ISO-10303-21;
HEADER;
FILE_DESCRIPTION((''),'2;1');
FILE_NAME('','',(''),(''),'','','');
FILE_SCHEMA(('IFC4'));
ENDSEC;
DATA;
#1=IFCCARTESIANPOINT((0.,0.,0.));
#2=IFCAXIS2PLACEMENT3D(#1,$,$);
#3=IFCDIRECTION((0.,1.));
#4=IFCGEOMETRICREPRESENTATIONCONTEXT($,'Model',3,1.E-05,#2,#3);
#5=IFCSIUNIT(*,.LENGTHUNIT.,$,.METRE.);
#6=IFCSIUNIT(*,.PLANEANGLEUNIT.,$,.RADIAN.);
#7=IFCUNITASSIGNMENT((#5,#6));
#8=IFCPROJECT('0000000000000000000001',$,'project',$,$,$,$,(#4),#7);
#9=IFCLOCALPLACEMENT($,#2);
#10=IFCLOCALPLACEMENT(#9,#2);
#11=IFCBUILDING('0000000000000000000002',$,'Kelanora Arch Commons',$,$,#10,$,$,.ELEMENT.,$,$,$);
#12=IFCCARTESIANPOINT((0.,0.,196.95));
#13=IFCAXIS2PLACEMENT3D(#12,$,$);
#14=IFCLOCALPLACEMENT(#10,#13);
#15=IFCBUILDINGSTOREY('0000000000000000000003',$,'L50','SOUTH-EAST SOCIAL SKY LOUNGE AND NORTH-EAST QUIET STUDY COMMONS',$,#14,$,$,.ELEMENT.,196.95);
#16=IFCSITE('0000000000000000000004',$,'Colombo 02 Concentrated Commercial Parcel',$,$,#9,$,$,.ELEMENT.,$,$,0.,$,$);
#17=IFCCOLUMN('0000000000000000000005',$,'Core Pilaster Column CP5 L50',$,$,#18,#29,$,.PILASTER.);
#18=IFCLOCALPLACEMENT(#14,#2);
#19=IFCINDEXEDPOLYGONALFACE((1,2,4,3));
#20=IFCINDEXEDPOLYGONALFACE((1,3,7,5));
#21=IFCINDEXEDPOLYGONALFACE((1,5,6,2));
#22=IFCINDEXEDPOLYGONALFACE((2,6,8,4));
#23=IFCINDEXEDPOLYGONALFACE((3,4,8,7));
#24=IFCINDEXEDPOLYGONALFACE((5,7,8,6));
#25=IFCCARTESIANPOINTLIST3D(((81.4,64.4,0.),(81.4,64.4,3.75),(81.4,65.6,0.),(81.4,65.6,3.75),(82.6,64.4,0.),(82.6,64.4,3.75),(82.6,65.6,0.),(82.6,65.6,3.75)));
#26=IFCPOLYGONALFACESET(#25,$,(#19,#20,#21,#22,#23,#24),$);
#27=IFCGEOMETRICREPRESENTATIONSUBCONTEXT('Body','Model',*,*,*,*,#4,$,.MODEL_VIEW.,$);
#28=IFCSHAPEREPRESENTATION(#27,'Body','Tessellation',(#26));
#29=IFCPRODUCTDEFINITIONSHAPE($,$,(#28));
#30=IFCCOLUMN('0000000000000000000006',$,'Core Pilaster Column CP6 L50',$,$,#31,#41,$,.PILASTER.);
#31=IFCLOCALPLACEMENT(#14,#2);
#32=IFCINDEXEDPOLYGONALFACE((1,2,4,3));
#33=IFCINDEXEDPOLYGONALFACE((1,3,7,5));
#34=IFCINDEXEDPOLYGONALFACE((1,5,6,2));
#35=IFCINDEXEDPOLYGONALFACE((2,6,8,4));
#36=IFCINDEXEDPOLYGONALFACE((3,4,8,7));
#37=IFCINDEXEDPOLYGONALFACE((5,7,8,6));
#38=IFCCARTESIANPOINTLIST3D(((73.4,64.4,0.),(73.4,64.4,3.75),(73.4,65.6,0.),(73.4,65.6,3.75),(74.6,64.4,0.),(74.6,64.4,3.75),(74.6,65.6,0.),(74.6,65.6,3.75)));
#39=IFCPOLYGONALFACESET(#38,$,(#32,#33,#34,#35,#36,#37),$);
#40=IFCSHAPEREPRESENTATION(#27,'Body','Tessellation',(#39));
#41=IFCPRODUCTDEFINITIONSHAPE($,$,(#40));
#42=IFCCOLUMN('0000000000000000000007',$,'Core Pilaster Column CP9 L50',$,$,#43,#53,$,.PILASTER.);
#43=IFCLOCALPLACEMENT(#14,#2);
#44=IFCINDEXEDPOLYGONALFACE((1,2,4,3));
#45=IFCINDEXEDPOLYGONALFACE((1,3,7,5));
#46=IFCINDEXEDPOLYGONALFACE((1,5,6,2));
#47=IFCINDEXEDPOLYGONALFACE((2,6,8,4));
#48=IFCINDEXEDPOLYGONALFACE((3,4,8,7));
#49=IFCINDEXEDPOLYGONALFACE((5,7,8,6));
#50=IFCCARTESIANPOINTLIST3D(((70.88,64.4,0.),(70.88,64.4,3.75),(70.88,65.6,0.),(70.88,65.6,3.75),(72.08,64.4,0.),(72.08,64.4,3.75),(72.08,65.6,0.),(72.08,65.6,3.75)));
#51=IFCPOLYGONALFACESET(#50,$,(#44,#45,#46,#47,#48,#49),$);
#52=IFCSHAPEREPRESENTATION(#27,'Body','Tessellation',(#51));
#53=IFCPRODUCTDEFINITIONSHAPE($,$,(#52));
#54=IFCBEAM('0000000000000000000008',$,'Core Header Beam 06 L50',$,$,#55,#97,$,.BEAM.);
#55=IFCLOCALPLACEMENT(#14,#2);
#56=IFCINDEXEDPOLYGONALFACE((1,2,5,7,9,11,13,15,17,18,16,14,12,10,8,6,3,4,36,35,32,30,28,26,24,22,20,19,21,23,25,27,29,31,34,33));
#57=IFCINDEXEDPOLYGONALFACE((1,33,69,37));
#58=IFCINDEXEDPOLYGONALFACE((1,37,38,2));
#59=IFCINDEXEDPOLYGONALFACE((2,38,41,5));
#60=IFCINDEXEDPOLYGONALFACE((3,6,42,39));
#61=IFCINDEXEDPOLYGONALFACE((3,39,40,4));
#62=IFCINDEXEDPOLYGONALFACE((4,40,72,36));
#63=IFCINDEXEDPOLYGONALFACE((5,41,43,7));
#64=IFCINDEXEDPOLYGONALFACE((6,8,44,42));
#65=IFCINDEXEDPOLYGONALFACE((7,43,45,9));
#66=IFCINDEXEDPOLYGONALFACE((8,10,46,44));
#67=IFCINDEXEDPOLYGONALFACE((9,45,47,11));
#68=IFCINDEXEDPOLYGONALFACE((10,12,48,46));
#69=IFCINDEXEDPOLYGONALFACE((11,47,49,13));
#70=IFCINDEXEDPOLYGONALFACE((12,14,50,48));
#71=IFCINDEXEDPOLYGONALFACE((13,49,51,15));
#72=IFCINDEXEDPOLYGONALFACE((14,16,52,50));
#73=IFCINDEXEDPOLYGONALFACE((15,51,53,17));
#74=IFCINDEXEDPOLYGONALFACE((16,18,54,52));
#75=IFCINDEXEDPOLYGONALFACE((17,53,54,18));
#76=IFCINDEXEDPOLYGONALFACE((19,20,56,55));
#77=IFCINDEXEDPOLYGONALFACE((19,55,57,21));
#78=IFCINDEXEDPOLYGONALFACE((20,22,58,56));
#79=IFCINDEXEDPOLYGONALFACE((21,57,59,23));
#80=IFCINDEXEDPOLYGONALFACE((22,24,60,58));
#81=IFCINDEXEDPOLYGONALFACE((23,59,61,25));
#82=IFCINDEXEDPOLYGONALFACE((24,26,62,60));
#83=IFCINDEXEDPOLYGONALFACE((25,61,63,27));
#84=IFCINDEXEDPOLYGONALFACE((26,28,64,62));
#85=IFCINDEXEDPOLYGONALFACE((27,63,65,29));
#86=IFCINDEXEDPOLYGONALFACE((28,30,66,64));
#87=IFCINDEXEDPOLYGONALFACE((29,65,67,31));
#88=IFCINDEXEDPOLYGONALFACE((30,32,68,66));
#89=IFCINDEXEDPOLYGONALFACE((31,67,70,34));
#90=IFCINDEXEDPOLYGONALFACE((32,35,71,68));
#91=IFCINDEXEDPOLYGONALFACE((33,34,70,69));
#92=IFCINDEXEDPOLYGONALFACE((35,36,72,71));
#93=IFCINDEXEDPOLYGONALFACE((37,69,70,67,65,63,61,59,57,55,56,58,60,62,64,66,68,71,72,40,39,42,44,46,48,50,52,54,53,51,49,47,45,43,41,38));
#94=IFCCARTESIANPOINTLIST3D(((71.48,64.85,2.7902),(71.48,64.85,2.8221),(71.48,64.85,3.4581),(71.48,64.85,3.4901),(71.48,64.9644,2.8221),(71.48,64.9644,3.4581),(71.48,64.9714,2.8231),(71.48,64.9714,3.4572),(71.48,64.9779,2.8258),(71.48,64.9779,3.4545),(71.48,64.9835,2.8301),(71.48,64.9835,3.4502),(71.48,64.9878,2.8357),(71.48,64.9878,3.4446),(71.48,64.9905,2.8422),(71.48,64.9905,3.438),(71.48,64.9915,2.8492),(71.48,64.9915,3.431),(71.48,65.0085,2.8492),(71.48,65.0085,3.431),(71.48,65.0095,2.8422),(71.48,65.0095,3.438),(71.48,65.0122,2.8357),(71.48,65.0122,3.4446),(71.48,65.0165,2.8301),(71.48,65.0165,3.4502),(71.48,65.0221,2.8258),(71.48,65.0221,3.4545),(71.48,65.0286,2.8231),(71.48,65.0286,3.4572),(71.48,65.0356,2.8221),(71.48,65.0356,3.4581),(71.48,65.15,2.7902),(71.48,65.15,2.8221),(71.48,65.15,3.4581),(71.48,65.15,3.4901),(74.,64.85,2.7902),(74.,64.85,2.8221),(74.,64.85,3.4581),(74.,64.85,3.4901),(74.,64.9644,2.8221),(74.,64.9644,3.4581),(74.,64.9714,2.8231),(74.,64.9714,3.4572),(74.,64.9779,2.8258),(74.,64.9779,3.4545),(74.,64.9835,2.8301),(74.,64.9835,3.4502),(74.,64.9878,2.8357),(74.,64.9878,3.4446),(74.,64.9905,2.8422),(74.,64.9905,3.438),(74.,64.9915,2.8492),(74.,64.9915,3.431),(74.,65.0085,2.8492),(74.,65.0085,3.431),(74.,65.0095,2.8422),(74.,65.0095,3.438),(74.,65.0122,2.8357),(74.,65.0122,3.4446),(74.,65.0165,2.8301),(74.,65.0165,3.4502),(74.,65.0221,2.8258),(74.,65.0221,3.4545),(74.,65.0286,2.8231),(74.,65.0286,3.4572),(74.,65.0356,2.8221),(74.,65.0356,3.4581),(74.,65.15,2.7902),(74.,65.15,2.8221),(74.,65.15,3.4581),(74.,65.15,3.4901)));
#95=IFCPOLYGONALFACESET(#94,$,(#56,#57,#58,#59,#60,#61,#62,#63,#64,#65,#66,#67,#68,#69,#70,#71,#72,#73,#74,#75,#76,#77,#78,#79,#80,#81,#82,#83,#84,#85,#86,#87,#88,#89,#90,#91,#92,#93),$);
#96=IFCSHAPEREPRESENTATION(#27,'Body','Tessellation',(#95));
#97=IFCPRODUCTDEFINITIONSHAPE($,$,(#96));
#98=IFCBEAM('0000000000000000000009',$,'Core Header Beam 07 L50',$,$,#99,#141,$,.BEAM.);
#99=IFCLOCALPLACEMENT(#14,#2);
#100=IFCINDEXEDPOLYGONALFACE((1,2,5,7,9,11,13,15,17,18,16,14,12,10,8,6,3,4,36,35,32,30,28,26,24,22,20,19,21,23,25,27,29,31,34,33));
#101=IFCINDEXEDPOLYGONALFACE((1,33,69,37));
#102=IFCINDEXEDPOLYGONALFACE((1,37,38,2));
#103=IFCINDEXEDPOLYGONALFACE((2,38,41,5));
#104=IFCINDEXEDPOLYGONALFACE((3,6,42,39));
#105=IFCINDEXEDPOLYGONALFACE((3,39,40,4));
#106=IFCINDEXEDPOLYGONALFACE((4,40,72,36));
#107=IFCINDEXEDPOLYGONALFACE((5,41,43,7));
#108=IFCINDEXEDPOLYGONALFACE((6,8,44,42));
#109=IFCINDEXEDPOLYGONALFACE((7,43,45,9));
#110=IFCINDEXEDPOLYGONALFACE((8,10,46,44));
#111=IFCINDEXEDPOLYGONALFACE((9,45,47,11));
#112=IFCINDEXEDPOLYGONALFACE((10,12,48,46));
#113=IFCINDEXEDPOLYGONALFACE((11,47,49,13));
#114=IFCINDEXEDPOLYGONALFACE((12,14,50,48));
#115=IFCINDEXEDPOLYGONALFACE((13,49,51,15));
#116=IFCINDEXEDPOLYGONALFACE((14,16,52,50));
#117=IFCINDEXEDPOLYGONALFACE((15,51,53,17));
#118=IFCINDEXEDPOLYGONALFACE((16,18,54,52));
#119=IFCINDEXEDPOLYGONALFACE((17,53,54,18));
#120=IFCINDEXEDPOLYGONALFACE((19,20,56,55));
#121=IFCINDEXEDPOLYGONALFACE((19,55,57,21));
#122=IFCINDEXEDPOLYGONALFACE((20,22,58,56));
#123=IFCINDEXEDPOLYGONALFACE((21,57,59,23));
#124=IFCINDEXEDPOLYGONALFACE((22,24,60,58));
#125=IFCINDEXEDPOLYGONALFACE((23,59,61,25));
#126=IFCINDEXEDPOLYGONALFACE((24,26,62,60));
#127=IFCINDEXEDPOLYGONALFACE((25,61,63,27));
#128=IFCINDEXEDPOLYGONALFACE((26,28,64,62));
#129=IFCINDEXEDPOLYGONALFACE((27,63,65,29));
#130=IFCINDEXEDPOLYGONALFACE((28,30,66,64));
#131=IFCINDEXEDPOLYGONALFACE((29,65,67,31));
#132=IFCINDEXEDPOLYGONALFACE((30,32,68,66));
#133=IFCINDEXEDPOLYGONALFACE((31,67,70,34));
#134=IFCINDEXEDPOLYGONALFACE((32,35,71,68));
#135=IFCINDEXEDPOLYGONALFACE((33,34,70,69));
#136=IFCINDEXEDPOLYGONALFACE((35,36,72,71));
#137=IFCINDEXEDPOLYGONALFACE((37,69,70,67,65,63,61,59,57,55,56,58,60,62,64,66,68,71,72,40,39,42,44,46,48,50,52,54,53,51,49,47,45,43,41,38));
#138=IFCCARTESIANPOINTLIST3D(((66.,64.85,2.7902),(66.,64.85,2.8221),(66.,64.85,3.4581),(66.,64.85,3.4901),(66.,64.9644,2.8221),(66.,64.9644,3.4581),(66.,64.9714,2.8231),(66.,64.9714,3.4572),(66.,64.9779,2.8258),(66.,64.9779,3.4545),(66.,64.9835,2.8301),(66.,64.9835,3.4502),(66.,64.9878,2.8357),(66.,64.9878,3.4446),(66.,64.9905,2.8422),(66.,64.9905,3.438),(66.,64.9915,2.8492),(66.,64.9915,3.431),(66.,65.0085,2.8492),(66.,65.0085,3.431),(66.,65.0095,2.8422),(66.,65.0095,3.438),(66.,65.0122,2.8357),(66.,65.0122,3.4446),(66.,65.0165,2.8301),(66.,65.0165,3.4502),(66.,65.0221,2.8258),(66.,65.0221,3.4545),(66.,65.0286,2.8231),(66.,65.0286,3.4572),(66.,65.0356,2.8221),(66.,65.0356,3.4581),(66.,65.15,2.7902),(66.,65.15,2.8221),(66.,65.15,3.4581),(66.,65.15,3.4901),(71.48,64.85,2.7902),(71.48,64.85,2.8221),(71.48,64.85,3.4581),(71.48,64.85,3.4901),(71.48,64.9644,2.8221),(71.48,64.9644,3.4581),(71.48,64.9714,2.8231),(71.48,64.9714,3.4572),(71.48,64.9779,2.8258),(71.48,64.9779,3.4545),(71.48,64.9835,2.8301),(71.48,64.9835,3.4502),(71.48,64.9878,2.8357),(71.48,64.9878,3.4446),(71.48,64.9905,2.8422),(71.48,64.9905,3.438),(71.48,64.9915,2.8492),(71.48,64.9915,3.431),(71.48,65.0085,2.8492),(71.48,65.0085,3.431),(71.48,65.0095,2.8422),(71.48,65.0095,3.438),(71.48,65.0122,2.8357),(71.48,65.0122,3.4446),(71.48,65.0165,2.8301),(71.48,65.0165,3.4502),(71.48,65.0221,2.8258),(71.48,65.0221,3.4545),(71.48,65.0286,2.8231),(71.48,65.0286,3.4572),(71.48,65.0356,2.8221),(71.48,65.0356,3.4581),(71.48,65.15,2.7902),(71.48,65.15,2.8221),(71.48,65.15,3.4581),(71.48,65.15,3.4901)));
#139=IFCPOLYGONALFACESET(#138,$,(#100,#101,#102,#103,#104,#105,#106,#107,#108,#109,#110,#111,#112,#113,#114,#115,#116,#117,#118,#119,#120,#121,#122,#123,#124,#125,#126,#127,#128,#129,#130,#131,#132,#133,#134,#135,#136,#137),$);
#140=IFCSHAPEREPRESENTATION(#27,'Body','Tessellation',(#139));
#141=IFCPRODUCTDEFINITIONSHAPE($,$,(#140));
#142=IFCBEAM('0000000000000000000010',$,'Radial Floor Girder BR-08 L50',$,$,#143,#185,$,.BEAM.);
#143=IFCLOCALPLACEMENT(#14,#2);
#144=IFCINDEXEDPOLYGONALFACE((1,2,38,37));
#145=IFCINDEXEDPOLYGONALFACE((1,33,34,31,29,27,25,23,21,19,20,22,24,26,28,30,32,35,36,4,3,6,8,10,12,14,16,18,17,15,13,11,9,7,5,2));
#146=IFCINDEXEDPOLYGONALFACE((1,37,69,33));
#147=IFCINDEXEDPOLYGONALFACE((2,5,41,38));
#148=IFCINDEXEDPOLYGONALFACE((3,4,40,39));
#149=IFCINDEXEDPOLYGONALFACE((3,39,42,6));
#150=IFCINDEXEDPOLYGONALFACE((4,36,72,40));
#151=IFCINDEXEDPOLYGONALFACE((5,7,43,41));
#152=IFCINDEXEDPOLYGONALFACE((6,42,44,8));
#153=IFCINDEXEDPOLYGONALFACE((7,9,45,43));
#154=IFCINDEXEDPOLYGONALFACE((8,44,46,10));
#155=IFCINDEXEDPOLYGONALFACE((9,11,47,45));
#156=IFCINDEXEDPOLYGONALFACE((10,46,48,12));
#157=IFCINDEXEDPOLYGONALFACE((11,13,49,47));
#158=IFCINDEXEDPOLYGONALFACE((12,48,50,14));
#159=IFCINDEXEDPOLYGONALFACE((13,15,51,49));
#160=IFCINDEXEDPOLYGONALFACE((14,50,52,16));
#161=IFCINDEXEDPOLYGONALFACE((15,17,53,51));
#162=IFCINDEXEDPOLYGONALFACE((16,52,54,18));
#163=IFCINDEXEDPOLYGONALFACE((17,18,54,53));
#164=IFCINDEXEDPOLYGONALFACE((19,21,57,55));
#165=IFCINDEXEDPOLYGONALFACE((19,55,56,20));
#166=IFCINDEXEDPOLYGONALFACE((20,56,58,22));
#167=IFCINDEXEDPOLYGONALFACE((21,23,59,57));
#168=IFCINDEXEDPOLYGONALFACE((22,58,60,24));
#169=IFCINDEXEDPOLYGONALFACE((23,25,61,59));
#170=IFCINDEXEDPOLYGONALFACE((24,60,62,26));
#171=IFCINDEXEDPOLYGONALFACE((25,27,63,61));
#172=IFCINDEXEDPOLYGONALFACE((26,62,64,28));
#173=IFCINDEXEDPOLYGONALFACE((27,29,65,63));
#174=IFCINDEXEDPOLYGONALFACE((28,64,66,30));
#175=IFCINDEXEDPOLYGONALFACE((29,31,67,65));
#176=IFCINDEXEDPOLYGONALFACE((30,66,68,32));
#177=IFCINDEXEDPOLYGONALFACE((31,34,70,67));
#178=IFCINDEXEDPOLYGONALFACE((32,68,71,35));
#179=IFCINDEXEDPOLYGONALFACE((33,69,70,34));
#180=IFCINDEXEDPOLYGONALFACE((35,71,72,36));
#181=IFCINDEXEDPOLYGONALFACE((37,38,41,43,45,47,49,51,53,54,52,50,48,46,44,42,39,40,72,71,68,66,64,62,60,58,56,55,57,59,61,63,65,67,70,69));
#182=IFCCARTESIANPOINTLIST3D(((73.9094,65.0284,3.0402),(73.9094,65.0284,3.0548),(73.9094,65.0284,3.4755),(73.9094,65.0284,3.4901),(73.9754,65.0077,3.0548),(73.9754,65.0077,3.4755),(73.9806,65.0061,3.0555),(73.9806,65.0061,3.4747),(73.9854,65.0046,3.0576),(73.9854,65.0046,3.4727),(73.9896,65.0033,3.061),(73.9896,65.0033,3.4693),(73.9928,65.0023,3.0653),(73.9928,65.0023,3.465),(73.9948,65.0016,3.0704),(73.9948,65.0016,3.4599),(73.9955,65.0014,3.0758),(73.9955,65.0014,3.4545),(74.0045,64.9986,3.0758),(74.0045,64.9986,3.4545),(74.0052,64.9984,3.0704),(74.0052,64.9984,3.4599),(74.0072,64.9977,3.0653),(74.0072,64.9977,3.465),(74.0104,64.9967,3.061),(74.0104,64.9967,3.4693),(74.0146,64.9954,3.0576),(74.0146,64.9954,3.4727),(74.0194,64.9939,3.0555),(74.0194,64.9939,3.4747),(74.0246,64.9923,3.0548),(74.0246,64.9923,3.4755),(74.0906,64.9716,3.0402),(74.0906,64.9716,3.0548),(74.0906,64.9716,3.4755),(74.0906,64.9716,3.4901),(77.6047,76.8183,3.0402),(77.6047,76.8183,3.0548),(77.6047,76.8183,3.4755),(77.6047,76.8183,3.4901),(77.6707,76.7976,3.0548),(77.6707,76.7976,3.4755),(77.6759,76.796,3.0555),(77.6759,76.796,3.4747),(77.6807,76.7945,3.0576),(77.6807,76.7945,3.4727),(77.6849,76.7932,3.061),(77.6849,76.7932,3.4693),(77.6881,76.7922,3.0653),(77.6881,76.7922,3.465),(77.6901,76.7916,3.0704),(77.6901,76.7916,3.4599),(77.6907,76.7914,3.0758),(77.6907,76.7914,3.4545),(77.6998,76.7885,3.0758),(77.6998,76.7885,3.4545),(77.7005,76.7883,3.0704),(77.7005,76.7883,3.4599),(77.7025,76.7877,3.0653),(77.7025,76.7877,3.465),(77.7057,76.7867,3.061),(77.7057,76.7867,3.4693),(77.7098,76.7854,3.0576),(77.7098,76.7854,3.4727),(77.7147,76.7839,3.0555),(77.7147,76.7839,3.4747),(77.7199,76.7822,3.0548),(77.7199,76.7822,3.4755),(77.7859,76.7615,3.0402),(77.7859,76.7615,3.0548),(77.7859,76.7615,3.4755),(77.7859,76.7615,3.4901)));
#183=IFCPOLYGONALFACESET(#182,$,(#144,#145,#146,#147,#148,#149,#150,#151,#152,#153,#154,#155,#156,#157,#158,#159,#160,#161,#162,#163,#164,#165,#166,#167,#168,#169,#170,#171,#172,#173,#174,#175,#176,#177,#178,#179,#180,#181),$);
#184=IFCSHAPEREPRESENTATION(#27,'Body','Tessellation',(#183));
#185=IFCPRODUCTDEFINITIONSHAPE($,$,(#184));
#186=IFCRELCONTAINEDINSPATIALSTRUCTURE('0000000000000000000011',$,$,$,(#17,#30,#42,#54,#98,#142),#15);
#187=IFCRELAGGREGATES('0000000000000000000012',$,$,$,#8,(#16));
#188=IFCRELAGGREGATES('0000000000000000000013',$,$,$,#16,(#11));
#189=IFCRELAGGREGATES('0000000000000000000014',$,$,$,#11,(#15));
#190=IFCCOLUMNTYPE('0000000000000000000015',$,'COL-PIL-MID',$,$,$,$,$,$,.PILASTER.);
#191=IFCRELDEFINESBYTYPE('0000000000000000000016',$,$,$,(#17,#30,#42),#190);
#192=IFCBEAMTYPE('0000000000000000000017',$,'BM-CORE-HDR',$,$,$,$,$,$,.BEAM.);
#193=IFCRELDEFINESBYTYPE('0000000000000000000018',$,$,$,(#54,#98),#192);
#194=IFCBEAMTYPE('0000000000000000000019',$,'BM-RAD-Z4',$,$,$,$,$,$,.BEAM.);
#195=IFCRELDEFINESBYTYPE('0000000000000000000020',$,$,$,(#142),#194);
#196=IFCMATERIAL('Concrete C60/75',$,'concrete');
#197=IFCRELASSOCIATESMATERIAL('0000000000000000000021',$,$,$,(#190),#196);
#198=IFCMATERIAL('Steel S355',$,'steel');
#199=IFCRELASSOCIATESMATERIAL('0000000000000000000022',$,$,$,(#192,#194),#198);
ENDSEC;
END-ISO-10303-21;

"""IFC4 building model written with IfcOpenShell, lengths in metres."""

from ifc_helpers import new_model, si_unit, direction, frame, origin, origin_2d, place, context, subcontext, project, spatial, rectangle, i_section, extrude, material, material_profile, profile_set, type_object, element, save


model = new_model("IFC4")

# Units and contexts
model_context = context("Model", 3, precision=1e-05, world=origin(), true_north=direction((0.0, 1.0)))
body_context = subcontext(model_context, "Body", "Model", "MODEL_VIEW")
ifc_project = project(units=[si_unit("LENGTHUNIT", "METRE"), si_unit("PLANEANGLEUNIT", "RADIAN")], contexts=[model_context])

# Site, building, storey
site_placement = place(None, origin())
site = spatial("IfcSite", under=ifc_project, at=site_placement, Name="Colombo 02 Concentrated Commercial Parcel", CompositionType="ELEMENT", RefElevation=0.0)
building_placement = place(site_placement, origin())
building = spatial("IfcBuilding", under=site, at=building_placement, Name="Kelanora Arch Commons", CompositionType="ELEMENT")
storey_placement = place(building_placement, frame((0.0, 0.0, 196.95)))
storey = spatial("IfcBuildingStorey", under=building, at=storey_placement, Name="L50", Description="SOUTH-EAST SOCIAL SKY LOUNGE AND NORTH-EAST QUIET STUDY COMMONS", CompositionType="ELEMENT", Elevation=196.95)

# Columns
ifc_material_1 = material(Name="Concrete C60/75", Category="concrete")
ifc_material_profile_1 = material_profile(ifc_material_1, rectangle(XDim=1.2, YDim=1.2, at=origin_2d()), Name="RC1200x1200")
ifc_profile_set_1 = profile_set([ifc_material_profile_1], Name="Concrete C60/75")
column_type = type_object("IfcColumnType", Name="COL-PIL-MID", PredefinedType="PILASTER", material=ifc_profile_set_1)
for number, where, z_axis, x_axis, name in (
    (1, (82.0, 65.0, 0.0), (0.0, 0.0, 1.0), (1.0, 0.0, 0.0), "Core Pilaster Column CP5 L50"),
    (2, (74.0, 65.0, 0.0), (0.0, 0.0, 1.0), (1.0, 0.0, 0.0), "Core Pilaster Column CP6 L50"),
    (3, (71.48, 65.0, 0.0), (0.0, 0.0, 1.0), (1.0, 0.0, 0.0), "Core Pilaster Column CP9 L50"),
):
    element("IfcColumn", number, at=place(storey_placement, frame(where, z_axis=z_axis, x_axis=x_axis)), inside=storey, type_object=column_type, Name=name, PredefinedType="PILASTER", context=body_context, shape_type="SweptSolid", body=[
        extrude(rectangle(XDim=1.2, YDim=1.2, at=origin_2d()), origin(), (0.0, 0.0, 1.0), 3.75),
    ])

# Beams
ifc_material_2 = material(Name="Steel S355", Category="steel")
ifc_material_profile_2 = material_profile(ifc_material_2, i_section(OverallWidth=0.3, OverallDepth=0.7, WebThickness=0.0171, FlangeThickness=0.032, FilletRadius=0.0271, at=origin_2d()), Name="HEB700")
ifc_profile_set_2 = profile_set([ifc_material_profile_2], Name="Steel S355")
beam_type_1 = type_object("IfcBeamType", Name="BM-CORE-HDR", PredefinedType="BEAM", material=ifc_profile_set_2)
beam_1_placement = place(storey_placement, frame((74.0, 65.0, 3.1401), z_axis=(-1.0, 0.0, 0.0), x_axis=(0.0, -1.0, 0.0)))
element("IfcBeam", 4, at=beam_1_placement, inside=storey, type_object=beam_type_1, Name="Core Header Beam 06 L50", PredefinedType="BEAM", context=body_context, shape_type="SweptSolid", body=[
    extrude(i_section(OverallWidth=0.3, OverallDepth=0.7, WebThickness=0.0171, FlangeThickness=0.032, FilletRadius=0.0271, at=origin_2d()), origin(), (0.0, 0.0, 1.0), 2.52),
])
beam_2_placement = place(storey_placement, frame((71.48, 65.0, 3.1401), z_axis=(-1.0, 0.0, 0.0), x_axis=(0.0, -1.0, 0.0)))
element("IfcBeam", 5, at=beam_2_placement, inside=storey, type_object=beam_type_1, Name="Core Header Beam 07 L50", PredefinedType="BEAM", context=body_context, shape_type="SweptSolid", body=[
    extrude(i_section(OverallWidth=0.3, OverallDepth=0.7, WebThickness=0.0171, FlangeThickness=0.032, FilletRadius=0.0271, at=origin_2d()), origin(), (0.0, 0.0, 1.0), 5.48),
])
ifc_material_profile_3 = material_profile(ifc_material_2, i_section(OverallWidth=0.1899, OverallDepth=0.45, WebThickness=0.0095, FlangeThickness=0.0146, FilletRadius=0.021, at=origin_2d()), Name="IPE450")
ifc_profile_set_3 = profile_set([ifc_material_profile_3], Name="Steel S355")
beam_type_2 = type_object("IfcBeamType", Name="BM-RAD-Z4", PredefinedType="BEAM", material=ifc_profile_set_3)
beam_3_placement = place(storey_placement, frame((74.0, 65.0, 3.2651), z_axis=(0.29908, 0.954228, 0.0), x_axis=(-0.954228, 0.29908, 0.0)))
element("IfcBeam", 6, at=beam_3_placement, inside=storey, type_object=beam_type_2, Name="Radial Floor Girder BR-08 L50", PredefinedType="BEAM", context=body_context, shape_type="SweptSolid", body=[
    extrude(i_section(OverallWidth=0.1899, OverallDepth=0.45, WebThickness=0.0095, FlangeThickness=0.0146, FilletRadius=0.021, at=origin_2d()), origin(), (0.0, 0.0, 1.0), 12.3555),
])

save(model, "model.ifc")
